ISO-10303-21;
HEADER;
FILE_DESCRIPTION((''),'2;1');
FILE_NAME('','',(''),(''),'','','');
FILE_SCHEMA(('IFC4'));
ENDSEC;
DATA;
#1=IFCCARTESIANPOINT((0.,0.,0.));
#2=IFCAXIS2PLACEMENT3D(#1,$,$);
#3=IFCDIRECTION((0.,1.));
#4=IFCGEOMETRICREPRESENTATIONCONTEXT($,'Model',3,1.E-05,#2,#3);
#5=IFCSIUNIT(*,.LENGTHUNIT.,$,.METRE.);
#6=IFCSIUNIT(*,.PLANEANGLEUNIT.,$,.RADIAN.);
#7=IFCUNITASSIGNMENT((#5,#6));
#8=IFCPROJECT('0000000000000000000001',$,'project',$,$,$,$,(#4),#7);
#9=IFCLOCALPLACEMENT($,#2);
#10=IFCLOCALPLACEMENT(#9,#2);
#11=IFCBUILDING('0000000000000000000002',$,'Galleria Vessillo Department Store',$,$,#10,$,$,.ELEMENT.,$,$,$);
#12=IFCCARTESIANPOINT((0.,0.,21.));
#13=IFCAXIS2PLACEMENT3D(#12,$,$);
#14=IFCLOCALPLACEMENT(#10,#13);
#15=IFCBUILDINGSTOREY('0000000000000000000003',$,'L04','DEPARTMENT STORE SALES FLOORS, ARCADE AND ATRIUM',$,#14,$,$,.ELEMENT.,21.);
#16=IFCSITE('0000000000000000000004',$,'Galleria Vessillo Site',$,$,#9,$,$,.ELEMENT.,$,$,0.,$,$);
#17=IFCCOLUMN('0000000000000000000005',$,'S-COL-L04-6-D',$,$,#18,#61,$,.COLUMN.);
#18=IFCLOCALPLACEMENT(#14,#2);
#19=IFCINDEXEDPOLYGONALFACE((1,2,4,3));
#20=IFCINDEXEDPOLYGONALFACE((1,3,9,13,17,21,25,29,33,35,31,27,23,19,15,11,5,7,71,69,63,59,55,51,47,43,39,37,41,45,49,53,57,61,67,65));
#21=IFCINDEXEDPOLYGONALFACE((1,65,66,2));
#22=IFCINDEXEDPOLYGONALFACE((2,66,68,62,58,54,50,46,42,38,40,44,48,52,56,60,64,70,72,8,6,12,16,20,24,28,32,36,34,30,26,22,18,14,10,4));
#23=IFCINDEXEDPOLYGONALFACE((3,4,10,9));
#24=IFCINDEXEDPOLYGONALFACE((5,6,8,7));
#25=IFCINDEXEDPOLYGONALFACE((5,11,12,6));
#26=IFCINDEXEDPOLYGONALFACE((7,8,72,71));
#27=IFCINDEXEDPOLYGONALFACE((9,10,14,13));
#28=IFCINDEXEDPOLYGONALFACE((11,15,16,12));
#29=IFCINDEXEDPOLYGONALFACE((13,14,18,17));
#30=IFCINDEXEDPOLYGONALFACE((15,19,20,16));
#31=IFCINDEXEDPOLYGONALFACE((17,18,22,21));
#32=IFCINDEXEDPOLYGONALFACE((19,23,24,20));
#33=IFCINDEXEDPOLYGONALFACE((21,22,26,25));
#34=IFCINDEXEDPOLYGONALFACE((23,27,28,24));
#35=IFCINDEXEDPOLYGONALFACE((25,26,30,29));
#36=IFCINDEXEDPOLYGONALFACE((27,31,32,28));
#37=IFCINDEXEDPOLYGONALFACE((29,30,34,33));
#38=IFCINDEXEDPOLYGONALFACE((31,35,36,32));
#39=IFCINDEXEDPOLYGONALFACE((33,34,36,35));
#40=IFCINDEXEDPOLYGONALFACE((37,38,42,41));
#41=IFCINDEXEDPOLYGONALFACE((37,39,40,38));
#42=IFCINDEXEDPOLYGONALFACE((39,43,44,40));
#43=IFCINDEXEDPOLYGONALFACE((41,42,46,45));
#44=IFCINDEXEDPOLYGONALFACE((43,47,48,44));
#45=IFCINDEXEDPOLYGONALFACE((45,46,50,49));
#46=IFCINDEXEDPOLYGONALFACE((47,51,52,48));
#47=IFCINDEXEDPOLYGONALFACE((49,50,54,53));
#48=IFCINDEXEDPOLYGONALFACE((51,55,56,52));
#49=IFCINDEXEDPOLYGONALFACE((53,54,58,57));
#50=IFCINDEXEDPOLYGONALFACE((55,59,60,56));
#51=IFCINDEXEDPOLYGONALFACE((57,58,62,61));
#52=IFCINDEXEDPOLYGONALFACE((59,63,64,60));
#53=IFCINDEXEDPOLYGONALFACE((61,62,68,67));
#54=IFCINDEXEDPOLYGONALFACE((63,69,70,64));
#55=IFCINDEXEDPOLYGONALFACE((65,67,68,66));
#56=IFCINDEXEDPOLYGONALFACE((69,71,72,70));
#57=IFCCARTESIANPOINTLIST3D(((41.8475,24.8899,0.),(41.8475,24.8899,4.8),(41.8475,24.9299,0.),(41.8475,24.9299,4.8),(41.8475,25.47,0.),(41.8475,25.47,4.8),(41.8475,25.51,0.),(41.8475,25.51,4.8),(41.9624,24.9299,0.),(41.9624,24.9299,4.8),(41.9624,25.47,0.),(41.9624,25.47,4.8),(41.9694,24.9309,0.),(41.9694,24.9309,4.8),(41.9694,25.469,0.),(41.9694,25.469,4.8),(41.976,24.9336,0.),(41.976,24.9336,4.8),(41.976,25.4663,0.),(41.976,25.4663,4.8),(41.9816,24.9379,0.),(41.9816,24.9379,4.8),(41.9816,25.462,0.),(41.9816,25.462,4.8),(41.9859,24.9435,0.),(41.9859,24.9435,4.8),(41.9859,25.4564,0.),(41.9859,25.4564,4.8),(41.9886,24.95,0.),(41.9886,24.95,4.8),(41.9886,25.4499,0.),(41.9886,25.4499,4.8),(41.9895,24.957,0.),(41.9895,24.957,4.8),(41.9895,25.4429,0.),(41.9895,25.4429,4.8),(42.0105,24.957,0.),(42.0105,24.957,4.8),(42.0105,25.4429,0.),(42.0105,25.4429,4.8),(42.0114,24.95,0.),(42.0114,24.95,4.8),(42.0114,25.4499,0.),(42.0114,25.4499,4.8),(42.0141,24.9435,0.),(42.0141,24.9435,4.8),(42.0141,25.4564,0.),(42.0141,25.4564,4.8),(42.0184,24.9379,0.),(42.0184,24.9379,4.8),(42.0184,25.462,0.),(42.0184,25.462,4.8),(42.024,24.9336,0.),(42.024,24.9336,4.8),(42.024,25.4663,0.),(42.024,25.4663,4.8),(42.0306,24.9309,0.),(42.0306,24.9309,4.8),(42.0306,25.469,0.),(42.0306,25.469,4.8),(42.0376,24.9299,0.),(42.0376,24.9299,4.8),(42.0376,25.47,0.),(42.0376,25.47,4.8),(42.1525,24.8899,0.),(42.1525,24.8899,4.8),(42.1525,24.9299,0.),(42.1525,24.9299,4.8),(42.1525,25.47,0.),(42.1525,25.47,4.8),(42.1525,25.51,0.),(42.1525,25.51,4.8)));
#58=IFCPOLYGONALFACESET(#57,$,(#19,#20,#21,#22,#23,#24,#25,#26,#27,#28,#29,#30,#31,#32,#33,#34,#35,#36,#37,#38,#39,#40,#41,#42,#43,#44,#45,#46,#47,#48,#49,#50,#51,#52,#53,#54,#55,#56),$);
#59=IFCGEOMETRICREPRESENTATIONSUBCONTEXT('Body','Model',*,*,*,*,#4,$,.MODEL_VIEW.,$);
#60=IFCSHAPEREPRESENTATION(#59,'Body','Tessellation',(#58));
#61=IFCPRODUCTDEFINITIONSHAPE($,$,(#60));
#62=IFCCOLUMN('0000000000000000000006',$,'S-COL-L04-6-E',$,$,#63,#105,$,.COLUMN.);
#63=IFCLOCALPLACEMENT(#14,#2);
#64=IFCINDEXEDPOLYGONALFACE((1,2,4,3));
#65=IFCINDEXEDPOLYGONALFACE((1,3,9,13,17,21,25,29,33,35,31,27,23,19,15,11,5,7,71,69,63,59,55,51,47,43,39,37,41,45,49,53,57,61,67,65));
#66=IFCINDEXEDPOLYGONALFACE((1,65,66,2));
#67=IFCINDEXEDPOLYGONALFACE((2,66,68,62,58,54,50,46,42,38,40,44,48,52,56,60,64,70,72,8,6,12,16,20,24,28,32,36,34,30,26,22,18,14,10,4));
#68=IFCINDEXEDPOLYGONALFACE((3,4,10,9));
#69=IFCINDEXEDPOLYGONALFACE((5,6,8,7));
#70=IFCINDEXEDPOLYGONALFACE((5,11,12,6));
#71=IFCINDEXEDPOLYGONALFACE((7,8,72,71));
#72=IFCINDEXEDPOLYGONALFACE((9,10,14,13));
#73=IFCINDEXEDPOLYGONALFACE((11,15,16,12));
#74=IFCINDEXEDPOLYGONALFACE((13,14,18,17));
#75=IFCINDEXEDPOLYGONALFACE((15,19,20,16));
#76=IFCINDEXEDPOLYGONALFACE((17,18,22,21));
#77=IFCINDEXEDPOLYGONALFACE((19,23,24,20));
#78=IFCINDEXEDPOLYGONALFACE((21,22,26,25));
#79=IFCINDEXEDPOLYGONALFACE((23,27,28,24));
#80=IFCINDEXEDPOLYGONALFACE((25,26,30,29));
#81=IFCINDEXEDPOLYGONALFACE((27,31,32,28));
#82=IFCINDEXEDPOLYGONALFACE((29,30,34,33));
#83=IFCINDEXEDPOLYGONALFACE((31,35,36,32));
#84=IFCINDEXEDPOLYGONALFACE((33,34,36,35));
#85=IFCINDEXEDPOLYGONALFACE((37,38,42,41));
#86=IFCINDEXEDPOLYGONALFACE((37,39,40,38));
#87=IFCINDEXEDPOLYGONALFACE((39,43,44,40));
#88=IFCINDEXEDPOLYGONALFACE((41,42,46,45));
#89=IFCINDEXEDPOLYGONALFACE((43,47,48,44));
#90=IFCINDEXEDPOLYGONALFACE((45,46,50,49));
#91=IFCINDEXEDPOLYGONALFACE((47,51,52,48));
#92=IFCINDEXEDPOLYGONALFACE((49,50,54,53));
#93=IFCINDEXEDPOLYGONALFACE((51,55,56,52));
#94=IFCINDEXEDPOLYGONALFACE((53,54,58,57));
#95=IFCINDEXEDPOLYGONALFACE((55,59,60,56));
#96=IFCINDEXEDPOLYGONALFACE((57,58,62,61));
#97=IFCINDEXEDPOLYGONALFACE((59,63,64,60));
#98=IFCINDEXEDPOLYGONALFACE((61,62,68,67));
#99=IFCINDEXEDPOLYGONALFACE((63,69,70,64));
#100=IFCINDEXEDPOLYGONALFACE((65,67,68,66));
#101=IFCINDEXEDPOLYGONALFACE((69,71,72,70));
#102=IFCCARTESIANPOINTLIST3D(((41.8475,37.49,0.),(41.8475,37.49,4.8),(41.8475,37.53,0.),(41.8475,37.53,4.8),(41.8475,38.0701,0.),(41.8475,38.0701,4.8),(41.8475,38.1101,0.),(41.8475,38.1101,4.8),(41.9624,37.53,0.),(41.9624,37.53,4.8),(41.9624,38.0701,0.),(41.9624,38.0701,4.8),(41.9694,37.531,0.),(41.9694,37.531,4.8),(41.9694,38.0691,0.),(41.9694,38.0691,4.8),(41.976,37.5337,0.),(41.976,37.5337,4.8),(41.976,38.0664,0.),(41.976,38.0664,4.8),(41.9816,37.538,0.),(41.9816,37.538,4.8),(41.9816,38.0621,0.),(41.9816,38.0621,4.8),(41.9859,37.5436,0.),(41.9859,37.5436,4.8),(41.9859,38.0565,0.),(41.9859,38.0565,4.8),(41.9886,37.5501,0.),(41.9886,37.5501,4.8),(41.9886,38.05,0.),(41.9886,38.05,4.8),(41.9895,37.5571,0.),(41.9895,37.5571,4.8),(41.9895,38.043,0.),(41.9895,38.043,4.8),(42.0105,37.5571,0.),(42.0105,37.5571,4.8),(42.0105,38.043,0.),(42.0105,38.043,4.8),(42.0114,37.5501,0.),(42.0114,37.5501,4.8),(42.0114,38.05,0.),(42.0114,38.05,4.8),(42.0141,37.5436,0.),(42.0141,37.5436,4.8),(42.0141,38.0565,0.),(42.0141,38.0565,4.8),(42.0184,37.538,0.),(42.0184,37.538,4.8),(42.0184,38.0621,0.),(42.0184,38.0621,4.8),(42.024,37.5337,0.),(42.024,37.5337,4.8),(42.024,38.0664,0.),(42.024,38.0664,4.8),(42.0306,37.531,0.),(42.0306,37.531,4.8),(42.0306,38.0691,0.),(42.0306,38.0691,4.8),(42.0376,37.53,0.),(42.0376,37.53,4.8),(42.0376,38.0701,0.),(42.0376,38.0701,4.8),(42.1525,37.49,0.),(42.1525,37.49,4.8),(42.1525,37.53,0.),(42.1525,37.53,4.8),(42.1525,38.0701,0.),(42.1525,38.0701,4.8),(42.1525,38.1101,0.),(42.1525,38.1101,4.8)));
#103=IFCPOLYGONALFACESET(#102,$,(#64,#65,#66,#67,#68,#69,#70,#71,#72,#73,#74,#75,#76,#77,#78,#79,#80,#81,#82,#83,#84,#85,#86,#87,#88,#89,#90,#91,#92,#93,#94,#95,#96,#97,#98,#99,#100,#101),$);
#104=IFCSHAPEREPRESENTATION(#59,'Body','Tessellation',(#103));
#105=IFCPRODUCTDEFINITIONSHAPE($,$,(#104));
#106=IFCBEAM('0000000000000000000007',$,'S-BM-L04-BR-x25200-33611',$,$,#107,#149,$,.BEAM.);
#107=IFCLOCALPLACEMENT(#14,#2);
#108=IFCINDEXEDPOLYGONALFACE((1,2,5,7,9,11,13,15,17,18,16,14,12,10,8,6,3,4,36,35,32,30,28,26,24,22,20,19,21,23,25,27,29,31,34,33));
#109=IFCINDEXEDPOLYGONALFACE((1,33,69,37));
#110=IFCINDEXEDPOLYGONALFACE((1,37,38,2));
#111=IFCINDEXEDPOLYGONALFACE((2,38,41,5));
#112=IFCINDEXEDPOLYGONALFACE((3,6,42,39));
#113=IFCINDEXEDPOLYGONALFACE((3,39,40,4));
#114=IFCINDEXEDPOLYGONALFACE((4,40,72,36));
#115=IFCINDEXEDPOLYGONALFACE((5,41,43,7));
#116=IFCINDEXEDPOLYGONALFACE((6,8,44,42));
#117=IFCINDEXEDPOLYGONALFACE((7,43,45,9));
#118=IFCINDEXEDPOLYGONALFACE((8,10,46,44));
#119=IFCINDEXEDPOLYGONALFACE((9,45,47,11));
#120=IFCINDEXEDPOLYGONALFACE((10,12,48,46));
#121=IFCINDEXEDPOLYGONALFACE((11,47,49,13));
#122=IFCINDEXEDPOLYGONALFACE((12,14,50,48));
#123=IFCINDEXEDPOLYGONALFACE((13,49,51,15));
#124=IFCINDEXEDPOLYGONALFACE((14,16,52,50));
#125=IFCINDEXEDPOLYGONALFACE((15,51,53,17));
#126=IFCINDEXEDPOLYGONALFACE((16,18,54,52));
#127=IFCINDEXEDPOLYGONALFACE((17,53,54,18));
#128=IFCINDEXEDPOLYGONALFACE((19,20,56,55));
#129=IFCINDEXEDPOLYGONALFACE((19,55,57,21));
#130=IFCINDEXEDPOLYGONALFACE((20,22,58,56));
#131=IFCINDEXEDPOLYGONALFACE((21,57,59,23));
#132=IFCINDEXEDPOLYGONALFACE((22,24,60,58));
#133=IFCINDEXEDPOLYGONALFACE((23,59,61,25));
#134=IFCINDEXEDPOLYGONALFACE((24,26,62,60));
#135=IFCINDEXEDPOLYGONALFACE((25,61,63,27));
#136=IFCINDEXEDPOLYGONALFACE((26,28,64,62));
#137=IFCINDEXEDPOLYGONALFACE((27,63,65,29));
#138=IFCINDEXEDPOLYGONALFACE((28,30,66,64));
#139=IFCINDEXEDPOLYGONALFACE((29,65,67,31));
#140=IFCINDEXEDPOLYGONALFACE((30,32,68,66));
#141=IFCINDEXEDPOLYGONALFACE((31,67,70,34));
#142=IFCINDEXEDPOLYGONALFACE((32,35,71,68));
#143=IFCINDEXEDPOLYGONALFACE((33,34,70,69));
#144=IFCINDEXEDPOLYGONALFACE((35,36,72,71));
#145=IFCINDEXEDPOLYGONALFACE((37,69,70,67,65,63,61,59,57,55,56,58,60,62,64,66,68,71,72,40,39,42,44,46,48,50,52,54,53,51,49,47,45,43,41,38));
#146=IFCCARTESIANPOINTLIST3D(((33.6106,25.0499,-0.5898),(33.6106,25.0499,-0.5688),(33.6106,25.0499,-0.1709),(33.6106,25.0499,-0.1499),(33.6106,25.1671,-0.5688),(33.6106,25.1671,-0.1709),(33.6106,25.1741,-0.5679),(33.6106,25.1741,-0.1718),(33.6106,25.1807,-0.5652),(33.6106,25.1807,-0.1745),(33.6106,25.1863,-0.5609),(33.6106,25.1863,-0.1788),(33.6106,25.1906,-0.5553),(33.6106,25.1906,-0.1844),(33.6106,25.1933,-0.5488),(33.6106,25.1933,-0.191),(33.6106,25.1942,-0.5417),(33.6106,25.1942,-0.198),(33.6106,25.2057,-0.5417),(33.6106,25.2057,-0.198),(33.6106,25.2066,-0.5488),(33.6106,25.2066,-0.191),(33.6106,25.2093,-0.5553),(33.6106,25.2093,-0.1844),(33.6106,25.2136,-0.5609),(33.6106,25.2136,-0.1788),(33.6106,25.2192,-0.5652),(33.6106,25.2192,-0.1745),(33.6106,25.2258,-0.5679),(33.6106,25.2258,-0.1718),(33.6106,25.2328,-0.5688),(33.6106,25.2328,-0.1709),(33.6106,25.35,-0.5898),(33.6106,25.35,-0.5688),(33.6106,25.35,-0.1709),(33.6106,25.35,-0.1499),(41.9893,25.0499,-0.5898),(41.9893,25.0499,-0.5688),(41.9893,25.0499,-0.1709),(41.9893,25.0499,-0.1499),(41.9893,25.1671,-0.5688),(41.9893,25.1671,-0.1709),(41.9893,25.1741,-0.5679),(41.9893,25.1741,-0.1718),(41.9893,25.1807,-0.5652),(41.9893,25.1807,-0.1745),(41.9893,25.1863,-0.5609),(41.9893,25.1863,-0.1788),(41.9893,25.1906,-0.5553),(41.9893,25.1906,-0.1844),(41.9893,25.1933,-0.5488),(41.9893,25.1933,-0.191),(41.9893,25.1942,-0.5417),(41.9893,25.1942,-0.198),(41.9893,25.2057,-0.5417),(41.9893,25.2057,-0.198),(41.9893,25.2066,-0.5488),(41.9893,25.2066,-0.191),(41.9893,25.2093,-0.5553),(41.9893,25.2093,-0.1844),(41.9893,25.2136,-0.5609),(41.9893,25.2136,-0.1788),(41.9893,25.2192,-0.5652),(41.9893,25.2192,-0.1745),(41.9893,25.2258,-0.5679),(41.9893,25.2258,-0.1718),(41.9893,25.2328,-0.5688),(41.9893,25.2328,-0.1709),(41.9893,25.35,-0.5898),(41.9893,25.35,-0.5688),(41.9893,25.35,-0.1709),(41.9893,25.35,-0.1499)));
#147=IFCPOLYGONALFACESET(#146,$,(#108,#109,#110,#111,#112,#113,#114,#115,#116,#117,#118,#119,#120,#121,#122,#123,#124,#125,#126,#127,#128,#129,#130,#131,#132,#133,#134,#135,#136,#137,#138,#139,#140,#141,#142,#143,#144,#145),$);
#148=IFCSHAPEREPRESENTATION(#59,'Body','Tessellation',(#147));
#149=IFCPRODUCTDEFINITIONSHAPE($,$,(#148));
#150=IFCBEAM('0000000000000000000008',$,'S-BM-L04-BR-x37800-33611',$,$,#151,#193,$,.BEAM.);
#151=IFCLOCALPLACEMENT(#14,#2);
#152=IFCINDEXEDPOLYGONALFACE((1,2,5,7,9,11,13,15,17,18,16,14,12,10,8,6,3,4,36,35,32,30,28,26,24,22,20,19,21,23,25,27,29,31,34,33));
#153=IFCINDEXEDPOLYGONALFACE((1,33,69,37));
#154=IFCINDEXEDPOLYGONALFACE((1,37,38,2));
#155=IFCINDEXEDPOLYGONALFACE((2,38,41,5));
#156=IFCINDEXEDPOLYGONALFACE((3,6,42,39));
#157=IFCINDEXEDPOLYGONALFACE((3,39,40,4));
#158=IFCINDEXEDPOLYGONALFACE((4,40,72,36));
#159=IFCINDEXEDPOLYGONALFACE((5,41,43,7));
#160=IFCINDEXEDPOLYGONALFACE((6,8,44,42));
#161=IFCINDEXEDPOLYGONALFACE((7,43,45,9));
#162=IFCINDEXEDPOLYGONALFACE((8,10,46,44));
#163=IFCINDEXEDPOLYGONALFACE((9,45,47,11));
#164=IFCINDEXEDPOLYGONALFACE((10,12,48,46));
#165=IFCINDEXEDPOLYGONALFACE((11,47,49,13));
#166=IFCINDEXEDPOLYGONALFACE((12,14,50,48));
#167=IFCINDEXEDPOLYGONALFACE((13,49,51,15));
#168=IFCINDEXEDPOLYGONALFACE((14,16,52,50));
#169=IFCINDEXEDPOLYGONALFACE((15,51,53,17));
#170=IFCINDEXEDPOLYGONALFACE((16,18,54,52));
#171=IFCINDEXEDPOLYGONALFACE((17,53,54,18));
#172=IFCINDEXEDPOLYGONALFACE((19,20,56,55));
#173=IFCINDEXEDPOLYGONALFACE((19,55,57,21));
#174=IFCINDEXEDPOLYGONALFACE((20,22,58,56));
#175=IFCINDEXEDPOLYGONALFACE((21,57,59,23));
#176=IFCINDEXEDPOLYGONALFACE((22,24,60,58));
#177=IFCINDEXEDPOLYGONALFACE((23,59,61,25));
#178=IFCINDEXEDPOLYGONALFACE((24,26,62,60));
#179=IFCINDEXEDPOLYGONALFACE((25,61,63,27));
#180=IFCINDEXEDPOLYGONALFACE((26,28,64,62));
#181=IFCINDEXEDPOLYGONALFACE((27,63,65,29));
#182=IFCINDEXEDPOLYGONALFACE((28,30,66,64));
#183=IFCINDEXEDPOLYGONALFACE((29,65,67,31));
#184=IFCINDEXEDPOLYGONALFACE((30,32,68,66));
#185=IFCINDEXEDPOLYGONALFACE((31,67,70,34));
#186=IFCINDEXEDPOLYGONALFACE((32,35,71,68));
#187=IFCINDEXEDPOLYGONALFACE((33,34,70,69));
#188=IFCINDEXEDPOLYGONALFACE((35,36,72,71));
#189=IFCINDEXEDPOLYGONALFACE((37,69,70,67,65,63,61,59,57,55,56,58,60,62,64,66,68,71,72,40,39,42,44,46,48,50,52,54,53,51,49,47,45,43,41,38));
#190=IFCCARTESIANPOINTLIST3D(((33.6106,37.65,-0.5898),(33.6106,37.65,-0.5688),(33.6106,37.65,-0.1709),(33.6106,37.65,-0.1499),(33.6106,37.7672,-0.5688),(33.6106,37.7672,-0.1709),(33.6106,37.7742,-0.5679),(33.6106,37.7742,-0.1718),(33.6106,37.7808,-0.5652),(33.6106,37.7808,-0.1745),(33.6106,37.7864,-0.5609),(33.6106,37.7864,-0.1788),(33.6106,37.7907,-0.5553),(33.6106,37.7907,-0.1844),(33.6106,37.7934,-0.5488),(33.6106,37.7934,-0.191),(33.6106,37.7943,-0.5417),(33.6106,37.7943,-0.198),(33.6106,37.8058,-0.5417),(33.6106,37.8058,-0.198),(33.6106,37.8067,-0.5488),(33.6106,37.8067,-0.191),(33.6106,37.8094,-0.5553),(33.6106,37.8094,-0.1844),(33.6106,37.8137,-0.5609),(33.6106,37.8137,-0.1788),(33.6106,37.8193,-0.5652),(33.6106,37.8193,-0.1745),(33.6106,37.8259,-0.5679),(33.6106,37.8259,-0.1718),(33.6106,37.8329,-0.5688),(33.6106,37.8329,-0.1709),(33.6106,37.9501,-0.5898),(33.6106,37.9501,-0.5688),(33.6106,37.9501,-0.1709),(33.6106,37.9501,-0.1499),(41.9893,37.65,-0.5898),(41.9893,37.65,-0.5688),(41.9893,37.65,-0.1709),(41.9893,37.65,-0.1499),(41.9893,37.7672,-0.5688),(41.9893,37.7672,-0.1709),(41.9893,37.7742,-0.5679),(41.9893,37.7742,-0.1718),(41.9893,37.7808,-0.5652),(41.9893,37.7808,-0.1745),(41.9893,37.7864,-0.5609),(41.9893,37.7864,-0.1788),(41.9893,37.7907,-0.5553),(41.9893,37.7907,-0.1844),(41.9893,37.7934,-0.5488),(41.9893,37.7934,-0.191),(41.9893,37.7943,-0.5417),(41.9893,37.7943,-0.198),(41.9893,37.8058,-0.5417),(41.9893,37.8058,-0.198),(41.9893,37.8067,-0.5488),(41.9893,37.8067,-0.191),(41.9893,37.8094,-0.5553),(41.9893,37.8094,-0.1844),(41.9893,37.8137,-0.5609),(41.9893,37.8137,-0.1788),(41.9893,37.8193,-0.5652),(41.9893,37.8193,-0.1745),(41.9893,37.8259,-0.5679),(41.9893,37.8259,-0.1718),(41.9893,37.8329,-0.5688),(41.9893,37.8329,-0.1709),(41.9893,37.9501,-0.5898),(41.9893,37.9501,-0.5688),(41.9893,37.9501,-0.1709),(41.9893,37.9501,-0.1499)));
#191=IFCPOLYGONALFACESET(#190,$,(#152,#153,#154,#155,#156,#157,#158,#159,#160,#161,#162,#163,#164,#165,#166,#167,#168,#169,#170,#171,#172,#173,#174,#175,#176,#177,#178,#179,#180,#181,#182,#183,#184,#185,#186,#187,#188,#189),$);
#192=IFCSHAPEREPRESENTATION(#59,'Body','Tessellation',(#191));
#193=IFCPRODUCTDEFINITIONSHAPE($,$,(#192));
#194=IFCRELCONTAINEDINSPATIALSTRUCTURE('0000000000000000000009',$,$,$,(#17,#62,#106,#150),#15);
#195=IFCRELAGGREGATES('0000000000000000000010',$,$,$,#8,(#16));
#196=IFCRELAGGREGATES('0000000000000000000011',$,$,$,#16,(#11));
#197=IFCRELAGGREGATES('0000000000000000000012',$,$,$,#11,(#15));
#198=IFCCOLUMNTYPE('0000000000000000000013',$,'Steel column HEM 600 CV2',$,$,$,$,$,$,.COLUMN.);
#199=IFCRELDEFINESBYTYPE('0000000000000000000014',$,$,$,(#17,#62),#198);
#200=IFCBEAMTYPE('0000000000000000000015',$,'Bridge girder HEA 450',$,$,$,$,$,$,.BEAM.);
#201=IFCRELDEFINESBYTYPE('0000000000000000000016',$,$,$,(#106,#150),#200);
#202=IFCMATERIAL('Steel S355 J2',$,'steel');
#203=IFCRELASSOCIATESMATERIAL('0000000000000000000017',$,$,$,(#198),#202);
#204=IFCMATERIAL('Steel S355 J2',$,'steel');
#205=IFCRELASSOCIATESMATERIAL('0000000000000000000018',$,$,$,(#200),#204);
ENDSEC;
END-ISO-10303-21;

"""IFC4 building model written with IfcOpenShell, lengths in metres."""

from ifc_helpers import new_model, si_unit, direction, frame, origin, origin_2d, place, context, subcontext, project, spatial, i_section, extrude, material, material_profile, profile_set, type_object, element, save


model = new_model("IFC4")

# Units and contexts
model_context = context("Model", 3, precision=1e-05, world=origin(), true_north=direction((0.0, 1.0)))
body_context = subcontext(model_context, "Body", "Model", "MODEL_VIEW")
ifc_project = project(units=[si_unit("LENGTHUNIT", "METRE"), si_unit("PLANEANGLEUNIT", "RADIAN")], contexts=[model_context])

# Site, building, storey
site_placement = place(None, origin())
site = spatial("IfcSite", under=ifc_project, at=site_placement, Name="Galleria Vessillo Site", CompositionType="ELEMENT", RefElevation=0.0)
building_placement = place(site_placement, origin())
building = spatial("IfcBuilding", under=site, at=building_placement, Name="Galleria Vessillo Department Store", CompositionType="ELEMENT")
storey_placement = place(building_placement, frame((0.0, 0.0, 21.0)))
storey = spatial("IfcBuildingStorey", under=building, at=storey_placement, Name="L04", Description="DEPARTMENT STORE SALES FLOORS, ARCADE AND ATRIUM", CompositionType="ELEMENT", Elevation=21.0)

# Columns
ifc_material_1 = material(Name="Steel S355 J2", Category="steel")
ifc_material_profile_1 = material_profile(ifc_material_1, i_section(OverallWidth=0.3049, OverallDepth=0.6201, WebThickness=0.021, FlangeThickness=0.04, FilletRadius=0.0271, at=origin_2d()), Name="HEM 600")
ifc_profile_set_1 = profile_set([ifc_material_profile_1], Name="Steel S355 J2")
column_type_1 = type_object("IfcColumnType", Name="Steel column HEM 600 CV2", PredefinedType="COLUMN", material=ifc_profile_set_1)
for number, where, z_axis, x_axis, name in (
    (1, (42.0, 25.2, 0.0), (0.0, 0.0, 1.0), (1.0, 0.0, 0.0), "S-COL-L04-6-D"),
    (2, (42.0, 37.8, 0.0), (0.0, 0.0, 1.0), (1.0, 0.0, 0.0), "S-COL-L04-6-E"),
):
    element("IfcColumn", number, at=place(storey_placement, frame(where, z_axis=z_axis, x_axis=x_axis)), inside=storey, type_object=column_type_1, Name=name, PredefinedType="COLUMN", context=body_context, shape_type="SweptSolid", body=[
        extrude(i_section(OverallWidth=0.3049, OverallDepth=0.6201, WebThickness=0.021, FlangeThickness=0.04, FilletRadius=0.0271, at=origin_2d()), origin(), (0.0, 0.0, 1.0), 4.8),
    ])

# Beams
ifc_material_2 = material(Name="Steel S355 J2", Category="steel")
ifc_material_profile_2 = material_profile(ifc_material_2, i_section(OverallWidth=0.3, OverallDepth=0.4399, WebThickness=0.0115, FlangeThickness=0.021, FilletRadius=0.0271, at=origin_2d()), Name="HEA 450")
ifc_profile_set_2 = profile_set([ifc_material_profile_2], Name="Steel S355 J2")
beam_type_1 = type_object("IfcBeamType", Name="Bridge girder HEA 450", PredefinedType="BEAM", material=ifc_profile_set_2)
for number, where, z_axis, x_axis, name in (
    (3, (33.6106, 25.2, -0.3699), (1.0, 0.0, 0.0), (0.0, 1.0, 0.0), "S-BM-L04-BR-x25200-33611"),
    (4, (33.6106, 37.8, -0.3699), (1.0, 0.0, 0.0), (0.0, 1.0, 0.0), "S-BM-L04-BR-x37800-33611"),
):
    element("IfcBeam", number, at=place(storey_placement, frame(where, z_axis=z_axis, x_axis=x_axis)), inside=storey, type_object=beam_type_1, Name=name, PredefinedType="BEAM", context=body_context, shape_type="SweptSolid", body=[
        extrude(i_section(OverallWidth=0.3, OverallDepth=0.4399, WebThickness=0.0115, FlangeThickness=0.021, FilletRadius=0.0271, at=origin_2d()), origin(), (0.0, 0.0, 1.0), 8.3787),
    ])

save(model, "model.ifc")
